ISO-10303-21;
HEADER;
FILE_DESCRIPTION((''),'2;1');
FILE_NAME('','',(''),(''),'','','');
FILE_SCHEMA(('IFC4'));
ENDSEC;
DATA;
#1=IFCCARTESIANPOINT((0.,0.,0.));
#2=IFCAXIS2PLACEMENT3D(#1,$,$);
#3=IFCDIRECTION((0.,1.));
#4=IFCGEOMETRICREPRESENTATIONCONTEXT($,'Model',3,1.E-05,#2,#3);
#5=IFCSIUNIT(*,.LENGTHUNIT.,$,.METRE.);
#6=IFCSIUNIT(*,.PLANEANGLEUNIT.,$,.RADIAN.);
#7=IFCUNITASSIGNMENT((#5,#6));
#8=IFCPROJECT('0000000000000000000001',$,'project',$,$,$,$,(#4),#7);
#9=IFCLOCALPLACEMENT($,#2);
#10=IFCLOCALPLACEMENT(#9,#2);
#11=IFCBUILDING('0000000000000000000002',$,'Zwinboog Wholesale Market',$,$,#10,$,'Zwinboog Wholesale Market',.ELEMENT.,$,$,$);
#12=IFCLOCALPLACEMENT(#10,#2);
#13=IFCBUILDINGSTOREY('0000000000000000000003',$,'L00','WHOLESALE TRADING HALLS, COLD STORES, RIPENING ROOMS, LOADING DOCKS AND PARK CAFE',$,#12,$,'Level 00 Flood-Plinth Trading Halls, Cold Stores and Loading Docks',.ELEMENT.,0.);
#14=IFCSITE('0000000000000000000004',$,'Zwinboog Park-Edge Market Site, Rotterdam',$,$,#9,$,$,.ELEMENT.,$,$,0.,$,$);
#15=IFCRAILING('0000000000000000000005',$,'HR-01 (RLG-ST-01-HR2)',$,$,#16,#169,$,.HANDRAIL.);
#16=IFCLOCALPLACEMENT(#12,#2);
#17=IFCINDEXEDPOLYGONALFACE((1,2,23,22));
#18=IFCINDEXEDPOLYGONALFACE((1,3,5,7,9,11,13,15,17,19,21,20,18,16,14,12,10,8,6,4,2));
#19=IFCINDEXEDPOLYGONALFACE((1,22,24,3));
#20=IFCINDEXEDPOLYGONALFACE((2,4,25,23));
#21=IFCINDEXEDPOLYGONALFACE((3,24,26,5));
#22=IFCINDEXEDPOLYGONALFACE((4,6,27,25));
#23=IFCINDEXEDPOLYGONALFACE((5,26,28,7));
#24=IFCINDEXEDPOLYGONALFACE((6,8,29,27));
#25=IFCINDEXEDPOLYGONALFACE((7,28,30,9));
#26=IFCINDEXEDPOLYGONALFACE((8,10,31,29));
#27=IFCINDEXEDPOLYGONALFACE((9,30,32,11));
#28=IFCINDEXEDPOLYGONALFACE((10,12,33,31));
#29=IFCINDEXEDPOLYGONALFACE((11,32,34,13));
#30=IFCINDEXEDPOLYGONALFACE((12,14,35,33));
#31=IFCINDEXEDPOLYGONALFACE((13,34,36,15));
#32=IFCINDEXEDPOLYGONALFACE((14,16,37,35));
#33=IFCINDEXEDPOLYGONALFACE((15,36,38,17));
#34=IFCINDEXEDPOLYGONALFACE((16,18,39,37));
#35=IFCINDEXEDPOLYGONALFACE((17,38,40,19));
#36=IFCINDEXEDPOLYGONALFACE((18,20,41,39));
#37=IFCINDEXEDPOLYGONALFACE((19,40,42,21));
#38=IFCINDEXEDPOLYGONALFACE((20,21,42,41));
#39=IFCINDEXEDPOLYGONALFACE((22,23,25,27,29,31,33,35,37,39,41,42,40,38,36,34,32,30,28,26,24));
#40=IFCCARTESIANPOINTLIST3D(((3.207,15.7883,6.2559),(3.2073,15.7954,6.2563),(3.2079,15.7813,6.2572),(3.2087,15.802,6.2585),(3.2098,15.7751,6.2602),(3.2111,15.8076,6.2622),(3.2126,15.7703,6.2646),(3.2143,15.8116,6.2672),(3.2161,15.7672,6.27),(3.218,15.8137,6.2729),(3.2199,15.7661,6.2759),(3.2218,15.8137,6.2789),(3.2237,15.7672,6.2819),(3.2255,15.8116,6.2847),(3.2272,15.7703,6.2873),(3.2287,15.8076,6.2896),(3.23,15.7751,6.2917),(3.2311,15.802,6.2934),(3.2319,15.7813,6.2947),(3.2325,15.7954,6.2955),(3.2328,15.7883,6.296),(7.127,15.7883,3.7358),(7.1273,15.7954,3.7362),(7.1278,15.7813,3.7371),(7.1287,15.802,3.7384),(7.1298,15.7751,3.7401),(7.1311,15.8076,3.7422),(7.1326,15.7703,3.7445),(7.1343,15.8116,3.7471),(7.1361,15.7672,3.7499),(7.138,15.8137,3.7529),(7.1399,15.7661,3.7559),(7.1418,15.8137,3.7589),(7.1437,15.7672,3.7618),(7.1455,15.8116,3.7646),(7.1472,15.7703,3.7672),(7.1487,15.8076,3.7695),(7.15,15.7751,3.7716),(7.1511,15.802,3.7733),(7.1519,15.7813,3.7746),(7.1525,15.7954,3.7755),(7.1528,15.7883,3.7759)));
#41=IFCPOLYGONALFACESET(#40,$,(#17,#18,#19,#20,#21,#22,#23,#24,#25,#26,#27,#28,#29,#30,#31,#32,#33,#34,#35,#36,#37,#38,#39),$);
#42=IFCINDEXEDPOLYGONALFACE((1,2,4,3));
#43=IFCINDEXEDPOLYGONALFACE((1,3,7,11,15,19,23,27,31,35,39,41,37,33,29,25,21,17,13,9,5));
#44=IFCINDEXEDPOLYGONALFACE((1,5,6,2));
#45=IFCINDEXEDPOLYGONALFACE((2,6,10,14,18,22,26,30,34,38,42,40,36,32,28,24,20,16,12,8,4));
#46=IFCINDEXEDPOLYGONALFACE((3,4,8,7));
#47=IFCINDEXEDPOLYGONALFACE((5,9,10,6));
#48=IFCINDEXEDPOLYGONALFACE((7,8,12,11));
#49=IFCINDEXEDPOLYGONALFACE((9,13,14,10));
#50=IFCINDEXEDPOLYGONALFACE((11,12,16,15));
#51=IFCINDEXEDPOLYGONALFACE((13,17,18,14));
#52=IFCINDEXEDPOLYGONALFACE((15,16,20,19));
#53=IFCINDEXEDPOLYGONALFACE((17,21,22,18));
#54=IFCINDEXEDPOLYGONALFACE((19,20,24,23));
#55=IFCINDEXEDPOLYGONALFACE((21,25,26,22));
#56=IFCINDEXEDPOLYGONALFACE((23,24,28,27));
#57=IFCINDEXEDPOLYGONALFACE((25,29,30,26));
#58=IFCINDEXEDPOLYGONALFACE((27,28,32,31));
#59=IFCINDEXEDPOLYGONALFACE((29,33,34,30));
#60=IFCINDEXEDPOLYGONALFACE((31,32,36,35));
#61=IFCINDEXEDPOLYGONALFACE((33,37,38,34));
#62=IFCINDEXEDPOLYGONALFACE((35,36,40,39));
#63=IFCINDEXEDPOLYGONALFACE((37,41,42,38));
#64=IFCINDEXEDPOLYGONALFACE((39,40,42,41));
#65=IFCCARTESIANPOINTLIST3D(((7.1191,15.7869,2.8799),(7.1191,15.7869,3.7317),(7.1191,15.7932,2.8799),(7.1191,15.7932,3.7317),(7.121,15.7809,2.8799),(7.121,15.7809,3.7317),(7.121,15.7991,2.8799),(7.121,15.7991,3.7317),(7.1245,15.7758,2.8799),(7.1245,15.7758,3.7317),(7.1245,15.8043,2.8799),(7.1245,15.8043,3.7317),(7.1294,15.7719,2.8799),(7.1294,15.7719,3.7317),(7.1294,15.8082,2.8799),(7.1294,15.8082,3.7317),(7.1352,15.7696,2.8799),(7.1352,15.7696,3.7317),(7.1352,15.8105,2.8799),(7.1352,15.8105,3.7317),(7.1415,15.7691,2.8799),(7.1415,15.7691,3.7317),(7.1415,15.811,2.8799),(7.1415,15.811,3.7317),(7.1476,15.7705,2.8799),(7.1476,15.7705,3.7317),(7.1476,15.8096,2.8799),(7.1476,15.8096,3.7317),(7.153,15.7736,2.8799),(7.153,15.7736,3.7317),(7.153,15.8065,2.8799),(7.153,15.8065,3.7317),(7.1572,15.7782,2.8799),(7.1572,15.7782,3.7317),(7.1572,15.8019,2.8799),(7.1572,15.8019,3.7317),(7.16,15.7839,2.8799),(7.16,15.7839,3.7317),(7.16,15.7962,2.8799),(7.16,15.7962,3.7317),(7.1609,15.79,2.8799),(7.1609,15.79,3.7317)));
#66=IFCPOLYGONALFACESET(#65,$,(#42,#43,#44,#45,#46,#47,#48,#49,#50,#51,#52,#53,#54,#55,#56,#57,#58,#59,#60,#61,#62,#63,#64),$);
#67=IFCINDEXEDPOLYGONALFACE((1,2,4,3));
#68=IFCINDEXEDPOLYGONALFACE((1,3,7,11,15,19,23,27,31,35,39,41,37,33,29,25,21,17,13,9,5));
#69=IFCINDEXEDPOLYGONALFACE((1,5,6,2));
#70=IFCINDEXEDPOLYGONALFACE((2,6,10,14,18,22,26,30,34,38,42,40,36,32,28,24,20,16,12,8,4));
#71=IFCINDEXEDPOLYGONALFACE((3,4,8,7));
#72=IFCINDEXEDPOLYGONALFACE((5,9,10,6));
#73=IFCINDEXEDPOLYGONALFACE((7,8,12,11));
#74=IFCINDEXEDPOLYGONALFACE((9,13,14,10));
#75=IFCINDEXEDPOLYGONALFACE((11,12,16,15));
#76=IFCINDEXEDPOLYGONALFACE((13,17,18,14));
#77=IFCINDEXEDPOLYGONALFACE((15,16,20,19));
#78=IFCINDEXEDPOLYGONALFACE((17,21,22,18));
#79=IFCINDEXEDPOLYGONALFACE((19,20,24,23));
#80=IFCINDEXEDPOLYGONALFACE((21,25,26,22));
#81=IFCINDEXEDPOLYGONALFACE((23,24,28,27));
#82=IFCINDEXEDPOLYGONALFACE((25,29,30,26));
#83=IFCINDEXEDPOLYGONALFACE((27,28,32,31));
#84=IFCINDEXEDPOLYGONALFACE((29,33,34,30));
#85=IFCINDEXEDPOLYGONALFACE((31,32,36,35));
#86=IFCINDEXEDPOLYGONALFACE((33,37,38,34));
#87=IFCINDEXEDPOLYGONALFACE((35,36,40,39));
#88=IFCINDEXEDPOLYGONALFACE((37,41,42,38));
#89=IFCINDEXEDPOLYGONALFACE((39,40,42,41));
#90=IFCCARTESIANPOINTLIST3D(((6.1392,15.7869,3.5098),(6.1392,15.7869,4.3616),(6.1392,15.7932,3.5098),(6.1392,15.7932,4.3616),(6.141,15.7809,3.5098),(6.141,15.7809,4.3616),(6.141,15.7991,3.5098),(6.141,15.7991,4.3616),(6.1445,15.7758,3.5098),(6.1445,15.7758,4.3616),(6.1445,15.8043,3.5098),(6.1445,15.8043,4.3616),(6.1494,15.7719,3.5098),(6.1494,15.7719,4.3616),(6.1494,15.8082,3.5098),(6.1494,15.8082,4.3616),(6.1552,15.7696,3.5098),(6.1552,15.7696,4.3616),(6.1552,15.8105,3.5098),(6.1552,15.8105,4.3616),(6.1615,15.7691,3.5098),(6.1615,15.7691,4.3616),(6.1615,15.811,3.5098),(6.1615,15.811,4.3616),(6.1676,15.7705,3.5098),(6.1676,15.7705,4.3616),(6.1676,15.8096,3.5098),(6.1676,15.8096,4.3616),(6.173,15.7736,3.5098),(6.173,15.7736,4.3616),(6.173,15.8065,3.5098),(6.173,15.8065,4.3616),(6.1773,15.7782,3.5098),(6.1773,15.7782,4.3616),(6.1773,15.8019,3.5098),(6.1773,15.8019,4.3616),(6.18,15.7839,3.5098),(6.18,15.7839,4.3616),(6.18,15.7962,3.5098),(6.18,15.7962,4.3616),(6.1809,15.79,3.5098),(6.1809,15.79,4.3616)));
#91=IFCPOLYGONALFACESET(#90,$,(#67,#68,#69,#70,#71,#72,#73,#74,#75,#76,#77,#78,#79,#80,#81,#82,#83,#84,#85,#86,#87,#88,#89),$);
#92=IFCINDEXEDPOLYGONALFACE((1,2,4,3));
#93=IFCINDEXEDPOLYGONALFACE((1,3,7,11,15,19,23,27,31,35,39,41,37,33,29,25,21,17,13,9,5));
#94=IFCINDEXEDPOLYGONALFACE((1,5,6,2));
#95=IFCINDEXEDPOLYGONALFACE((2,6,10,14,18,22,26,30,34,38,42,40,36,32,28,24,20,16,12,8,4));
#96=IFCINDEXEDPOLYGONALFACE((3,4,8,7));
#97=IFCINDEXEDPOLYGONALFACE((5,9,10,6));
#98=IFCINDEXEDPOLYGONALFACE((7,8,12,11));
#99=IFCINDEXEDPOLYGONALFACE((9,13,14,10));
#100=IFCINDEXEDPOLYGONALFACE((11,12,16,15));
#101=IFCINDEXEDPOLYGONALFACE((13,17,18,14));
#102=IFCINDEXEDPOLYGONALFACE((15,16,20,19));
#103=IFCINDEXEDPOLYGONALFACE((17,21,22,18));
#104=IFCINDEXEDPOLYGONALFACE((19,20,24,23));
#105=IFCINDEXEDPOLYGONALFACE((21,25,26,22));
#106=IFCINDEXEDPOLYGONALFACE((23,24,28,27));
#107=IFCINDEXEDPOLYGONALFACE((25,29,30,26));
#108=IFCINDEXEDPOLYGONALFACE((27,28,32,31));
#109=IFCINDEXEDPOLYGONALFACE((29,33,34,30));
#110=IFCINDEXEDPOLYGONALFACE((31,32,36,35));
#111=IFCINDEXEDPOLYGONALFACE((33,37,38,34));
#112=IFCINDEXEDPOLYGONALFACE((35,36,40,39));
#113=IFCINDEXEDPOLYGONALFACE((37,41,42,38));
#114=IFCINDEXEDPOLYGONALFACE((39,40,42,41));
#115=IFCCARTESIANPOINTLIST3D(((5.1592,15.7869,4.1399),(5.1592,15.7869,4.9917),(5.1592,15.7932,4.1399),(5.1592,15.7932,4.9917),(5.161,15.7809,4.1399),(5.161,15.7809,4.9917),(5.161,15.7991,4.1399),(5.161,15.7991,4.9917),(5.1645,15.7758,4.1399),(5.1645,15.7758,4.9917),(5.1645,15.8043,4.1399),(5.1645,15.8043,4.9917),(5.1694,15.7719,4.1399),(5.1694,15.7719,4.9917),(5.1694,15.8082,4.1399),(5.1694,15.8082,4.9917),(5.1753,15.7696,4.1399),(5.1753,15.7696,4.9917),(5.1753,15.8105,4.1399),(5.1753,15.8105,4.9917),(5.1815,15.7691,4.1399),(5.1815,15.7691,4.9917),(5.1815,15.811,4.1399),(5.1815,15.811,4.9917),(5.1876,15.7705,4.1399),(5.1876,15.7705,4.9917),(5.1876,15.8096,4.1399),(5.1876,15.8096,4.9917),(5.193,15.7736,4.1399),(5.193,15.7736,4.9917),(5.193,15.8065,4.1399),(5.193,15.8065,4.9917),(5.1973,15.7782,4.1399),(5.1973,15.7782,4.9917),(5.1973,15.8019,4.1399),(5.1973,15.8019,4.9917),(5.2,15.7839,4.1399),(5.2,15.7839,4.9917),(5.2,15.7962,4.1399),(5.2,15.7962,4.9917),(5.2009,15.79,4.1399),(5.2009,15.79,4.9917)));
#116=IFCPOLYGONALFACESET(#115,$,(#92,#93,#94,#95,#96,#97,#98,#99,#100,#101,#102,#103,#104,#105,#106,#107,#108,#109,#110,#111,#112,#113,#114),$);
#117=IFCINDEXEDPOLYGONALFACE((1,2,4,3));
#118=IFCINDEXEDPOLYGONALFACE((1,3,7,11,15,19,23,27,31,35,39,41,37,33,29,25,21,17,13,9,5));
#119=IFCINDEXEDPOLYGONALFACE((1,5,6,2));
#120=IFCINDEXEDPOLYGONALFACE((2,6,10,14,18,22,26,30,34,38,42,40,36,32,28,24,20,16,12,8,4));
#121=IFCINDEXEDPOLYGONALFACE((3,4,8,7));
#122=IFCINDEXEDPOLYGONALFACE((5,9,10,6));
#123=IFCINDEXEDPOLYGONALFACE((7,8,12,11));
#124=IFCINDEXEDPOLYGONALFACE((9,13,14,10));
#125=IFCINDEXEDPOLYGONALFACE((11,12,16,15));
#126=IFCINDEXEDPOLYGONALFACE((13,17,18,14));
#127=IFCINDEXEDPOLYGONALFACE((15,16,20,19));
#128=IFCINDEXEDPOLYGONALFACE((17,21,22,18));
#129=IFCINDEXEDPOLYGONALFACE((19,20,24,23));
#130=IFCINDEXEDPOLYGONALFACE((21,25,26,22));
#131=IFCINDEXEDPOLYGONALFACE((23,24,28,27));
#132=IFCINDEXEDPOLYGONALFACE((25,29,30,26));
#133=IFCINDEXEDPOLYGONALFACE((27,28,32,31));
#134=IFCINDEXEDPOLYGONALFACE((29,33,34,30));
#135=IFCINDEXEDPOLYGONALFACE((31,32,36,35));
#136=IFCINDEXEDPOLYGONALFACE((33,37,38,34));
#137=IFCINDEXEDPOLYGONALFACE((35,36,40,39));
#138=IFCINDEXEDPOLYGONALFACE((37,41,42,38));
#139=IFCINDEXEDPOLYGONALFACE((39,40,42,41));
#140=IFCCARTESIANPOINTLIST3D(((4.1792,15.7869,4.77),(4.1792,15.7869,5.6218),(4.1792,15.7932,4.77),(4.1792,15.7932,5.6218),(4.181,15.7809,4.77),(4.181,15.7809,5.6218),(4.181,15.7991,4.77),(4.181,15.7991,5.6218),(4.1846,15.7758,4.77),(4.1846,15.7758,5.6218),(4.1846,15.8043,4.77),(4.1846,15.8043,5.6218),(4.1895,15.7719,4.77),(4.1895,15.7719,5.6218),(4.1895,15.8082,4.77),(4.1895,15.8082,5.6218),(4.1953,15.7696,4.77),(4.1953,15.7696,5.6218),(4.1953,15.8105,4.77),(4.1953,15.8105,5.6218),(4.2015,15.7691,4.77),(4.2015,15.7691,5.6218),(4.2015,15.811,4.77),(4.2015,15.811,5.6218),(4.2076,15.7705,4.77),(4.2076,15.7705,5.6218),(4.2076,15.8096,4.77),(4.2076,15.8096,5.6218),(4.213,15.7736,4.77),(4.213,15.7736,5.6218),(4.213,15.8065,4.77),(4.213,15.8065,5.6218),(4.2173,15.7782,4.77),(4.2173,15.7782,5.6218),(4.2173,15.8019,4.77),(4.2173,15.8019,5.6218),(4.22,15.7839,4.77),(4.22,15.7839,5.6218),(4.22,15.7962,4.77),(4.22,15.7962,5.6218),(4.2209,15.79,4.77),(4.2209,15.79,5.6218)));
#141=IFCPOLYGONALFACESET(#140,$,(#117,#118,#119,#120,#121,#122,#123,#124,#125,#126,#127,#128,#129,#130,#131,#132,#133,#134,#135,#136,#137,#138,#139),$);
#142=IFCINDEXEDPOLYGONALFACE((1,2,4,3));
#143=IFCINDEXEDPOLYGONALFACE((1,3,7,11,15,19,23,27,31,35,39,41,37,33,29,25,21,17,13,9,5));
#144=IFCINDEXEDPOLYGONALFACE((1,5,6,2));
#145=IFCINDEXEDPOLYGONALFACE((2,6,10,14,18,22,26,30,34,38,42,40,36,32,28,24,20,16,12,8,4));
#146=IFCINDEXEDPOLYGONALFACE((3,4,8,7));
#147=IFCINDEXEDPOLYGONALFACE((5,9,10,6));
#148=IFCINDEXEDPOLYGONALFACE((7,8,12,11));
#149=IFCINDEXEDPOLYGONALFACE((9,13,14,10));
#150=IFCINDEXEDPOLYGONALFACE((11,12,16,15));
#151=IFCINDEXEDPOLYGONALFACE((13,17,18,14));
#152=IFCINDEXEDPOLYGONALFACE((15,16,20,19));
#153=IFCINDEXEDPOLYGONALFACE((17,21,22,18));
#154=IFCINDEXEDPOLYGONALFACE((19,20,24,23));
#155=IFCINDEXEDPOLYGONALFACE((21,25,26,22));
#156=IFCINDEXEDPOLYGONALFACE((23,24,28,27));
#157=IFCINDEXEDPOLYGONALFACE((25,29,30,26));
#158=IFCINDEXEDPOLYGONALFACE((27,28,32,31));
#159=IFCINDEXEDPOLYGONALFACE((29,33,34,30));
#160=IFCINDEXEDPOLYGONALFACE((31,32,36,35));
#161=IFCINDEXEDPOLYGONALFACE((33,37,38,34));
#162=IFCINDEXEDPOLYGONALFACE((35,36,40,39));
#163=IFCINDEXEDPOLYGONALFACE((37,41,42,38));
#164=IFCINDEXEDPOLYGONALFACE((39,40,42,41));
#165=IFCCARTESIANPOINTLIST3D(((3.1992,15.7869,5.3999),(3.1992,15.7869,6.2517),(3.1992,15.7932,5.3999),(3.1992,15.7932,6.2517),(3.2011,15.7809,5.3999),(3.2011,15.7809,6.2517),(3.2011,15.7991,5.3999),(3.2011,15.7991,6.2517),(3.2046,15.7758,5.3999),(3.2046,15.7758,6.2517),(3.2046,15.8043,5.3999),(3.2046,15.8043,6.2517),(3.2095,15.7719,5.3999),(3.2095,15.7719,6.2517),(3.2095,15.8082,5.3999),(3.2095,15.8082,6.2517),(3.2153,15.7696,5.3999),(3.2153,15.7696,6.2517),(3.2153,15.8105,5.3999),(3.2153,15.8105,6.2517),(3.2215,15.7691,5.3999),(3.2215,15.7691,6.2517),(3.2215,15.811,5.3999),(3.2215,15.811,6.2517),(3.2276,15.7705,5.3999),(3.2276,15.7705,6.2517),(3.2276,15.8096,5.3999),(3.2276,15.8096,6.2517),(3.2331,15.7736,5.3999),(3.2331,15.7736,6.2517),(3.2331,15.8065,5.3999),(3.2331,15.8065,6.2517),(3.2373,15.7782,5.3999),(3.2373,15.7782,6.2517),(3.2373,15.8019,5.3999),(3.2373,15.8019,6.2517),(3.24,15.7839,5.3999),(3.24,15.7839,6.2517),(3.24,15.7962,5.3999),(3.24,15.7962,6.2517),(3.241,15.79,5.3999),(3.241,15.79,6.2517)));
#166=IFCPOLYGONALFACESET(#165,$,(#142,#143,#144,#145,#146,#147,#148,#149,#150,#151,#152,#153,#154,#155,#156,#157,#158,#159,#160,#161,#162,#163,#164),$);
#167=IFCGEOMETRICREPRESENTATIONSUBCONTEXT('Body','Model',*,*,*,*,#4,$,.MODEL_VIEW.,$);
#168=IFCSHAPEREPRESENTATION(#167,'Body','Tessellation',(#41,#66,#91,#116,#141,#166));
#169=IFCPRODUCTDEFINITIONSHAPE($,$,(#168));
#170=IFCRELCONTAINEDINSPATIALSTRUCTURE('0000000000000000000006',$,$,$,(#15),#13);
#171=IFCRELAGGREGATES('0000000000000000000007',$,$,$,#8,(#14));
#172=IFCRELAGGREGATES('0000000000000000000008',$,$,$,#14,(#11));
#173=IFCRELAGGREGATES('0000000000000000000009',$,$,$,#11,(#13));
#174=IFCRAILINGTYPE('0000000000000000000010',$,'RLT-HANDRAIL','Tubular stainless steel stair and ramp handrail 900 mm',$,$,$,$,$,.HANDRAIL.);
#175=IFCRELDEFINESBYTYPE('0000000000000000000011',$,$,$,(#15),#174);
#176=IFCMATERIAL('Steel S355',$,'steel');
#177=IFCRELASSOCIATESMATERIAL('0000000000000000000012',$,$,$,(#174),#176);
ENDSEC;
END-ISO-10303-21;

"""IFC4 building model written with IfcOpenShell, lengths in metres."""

from ifc_helpers import new_model, si_unit, direction, frame, origin, origin_2d, place, context, subcontext, project, spatial, circle, extrude, material, type_object, element, save


model = new_model("IFC4")

# Units and contexts
model_context = context("Model", 3, precision=1e-05, world=origin(), true_north=direction((0.0, 1.0)))
body_context = subcontext(model_context, "Body", "Model", "MODEL_VIEW")
ifc_project = project(units=[si_unit("LENGTHUNIT", "METRE"), si_unit("PLANEANGLEUNIT", "RADIAN")], contexts=[model_context])

# Site, building, storey
site_placement = place(None, origin())
site = spatial("IfcSite", under=ifc_project, at=site_placement, Name="Zwinboog Park-Edge Market Site, Rotterdam", CompositionType="ELEMENT", RefElevation=0.0)
building_placement = place(site_placement, origin())
building = spatial("IfcBuilding", under=site, at=building_placement, Name="Zwinboog Wholesale Market", LongName="Zwinboog Wholesale Market", CompositionType="ELEMENT")
storey_placement = place(building_placement, origin())
storey = spatial("IfcBuildingStorey", under=building, at=storey_placement, Name="L00", Description="WHOLESALE TRADING HALLS, COLD STORES, RIPENING ROOMS, LOADING DOCKS AND PARK CAFE", LongName="Level 00 Flood-Plinth Trading Halls, Cold Stores and Loading Docks", CompositionType="ELEMENT", Elevation=0.0)

# Railing
ifc_material_1 = material(Name="Steel S355", Category="steel")
railing_type_1 = type_object("IfcRailingType", Name="RLT-HANDRAIL", Description="Tubular stainless steel stair and ramp handrail 900 mm", PredefinedType="HANDRAIL", material=ifc_material_1)
railing_1_placement = place(storey_placement, frame((7.1399, 15.79, 2.8799)))
element("IfcRailing", 1, at=railing_1_placement, inside=storey, type_object=railing_type_1, Name="HR-01 (RLG-ST-01-HR2)", PredefinedType="HANDRAIL", context=body_context, shape_type="SweptSolid", body=[
    extrude(circle(Radius=0.0239, at=origin_2d()), frame((0.0, 0.0, 0.876), z_axis=(-0.841172, 0.0, 0.540768), x_axis=(0.0, -1.0, 0.0)), (0.0, 0.0, 1.0), 4.6602),
    extrude(circle(Radius=0.021, at=origin_2d()), origin(), (0.0, 0.0, 1.0), 0.8518),
    extrude(circle(Radius=0.021, at=origin_2d()), frame((-0.98, 0.0, 0.6299)), (0.0, 0.0, 1.0), 0.8518),
    extrude(circle(Radius=0.021, at=origin_2d()), frame((-1.96, 0.0, 1.26)), (0.0, 0.0, 1.0), 0.8518),
    extrude(circle(Radius=0.021, at=origin_2d()), frame((-2.9399, 0.0, 1.8901)), (0.0, 0.0, 1.0), 0.8518),
    extrude(circle(Radius=0.021, at=origin_2d()), frame((-3.9199, 0.0, 2.52)), (0.0, 0.0, 1.0), 0.8518),
])

save(model, "model.ifc")
